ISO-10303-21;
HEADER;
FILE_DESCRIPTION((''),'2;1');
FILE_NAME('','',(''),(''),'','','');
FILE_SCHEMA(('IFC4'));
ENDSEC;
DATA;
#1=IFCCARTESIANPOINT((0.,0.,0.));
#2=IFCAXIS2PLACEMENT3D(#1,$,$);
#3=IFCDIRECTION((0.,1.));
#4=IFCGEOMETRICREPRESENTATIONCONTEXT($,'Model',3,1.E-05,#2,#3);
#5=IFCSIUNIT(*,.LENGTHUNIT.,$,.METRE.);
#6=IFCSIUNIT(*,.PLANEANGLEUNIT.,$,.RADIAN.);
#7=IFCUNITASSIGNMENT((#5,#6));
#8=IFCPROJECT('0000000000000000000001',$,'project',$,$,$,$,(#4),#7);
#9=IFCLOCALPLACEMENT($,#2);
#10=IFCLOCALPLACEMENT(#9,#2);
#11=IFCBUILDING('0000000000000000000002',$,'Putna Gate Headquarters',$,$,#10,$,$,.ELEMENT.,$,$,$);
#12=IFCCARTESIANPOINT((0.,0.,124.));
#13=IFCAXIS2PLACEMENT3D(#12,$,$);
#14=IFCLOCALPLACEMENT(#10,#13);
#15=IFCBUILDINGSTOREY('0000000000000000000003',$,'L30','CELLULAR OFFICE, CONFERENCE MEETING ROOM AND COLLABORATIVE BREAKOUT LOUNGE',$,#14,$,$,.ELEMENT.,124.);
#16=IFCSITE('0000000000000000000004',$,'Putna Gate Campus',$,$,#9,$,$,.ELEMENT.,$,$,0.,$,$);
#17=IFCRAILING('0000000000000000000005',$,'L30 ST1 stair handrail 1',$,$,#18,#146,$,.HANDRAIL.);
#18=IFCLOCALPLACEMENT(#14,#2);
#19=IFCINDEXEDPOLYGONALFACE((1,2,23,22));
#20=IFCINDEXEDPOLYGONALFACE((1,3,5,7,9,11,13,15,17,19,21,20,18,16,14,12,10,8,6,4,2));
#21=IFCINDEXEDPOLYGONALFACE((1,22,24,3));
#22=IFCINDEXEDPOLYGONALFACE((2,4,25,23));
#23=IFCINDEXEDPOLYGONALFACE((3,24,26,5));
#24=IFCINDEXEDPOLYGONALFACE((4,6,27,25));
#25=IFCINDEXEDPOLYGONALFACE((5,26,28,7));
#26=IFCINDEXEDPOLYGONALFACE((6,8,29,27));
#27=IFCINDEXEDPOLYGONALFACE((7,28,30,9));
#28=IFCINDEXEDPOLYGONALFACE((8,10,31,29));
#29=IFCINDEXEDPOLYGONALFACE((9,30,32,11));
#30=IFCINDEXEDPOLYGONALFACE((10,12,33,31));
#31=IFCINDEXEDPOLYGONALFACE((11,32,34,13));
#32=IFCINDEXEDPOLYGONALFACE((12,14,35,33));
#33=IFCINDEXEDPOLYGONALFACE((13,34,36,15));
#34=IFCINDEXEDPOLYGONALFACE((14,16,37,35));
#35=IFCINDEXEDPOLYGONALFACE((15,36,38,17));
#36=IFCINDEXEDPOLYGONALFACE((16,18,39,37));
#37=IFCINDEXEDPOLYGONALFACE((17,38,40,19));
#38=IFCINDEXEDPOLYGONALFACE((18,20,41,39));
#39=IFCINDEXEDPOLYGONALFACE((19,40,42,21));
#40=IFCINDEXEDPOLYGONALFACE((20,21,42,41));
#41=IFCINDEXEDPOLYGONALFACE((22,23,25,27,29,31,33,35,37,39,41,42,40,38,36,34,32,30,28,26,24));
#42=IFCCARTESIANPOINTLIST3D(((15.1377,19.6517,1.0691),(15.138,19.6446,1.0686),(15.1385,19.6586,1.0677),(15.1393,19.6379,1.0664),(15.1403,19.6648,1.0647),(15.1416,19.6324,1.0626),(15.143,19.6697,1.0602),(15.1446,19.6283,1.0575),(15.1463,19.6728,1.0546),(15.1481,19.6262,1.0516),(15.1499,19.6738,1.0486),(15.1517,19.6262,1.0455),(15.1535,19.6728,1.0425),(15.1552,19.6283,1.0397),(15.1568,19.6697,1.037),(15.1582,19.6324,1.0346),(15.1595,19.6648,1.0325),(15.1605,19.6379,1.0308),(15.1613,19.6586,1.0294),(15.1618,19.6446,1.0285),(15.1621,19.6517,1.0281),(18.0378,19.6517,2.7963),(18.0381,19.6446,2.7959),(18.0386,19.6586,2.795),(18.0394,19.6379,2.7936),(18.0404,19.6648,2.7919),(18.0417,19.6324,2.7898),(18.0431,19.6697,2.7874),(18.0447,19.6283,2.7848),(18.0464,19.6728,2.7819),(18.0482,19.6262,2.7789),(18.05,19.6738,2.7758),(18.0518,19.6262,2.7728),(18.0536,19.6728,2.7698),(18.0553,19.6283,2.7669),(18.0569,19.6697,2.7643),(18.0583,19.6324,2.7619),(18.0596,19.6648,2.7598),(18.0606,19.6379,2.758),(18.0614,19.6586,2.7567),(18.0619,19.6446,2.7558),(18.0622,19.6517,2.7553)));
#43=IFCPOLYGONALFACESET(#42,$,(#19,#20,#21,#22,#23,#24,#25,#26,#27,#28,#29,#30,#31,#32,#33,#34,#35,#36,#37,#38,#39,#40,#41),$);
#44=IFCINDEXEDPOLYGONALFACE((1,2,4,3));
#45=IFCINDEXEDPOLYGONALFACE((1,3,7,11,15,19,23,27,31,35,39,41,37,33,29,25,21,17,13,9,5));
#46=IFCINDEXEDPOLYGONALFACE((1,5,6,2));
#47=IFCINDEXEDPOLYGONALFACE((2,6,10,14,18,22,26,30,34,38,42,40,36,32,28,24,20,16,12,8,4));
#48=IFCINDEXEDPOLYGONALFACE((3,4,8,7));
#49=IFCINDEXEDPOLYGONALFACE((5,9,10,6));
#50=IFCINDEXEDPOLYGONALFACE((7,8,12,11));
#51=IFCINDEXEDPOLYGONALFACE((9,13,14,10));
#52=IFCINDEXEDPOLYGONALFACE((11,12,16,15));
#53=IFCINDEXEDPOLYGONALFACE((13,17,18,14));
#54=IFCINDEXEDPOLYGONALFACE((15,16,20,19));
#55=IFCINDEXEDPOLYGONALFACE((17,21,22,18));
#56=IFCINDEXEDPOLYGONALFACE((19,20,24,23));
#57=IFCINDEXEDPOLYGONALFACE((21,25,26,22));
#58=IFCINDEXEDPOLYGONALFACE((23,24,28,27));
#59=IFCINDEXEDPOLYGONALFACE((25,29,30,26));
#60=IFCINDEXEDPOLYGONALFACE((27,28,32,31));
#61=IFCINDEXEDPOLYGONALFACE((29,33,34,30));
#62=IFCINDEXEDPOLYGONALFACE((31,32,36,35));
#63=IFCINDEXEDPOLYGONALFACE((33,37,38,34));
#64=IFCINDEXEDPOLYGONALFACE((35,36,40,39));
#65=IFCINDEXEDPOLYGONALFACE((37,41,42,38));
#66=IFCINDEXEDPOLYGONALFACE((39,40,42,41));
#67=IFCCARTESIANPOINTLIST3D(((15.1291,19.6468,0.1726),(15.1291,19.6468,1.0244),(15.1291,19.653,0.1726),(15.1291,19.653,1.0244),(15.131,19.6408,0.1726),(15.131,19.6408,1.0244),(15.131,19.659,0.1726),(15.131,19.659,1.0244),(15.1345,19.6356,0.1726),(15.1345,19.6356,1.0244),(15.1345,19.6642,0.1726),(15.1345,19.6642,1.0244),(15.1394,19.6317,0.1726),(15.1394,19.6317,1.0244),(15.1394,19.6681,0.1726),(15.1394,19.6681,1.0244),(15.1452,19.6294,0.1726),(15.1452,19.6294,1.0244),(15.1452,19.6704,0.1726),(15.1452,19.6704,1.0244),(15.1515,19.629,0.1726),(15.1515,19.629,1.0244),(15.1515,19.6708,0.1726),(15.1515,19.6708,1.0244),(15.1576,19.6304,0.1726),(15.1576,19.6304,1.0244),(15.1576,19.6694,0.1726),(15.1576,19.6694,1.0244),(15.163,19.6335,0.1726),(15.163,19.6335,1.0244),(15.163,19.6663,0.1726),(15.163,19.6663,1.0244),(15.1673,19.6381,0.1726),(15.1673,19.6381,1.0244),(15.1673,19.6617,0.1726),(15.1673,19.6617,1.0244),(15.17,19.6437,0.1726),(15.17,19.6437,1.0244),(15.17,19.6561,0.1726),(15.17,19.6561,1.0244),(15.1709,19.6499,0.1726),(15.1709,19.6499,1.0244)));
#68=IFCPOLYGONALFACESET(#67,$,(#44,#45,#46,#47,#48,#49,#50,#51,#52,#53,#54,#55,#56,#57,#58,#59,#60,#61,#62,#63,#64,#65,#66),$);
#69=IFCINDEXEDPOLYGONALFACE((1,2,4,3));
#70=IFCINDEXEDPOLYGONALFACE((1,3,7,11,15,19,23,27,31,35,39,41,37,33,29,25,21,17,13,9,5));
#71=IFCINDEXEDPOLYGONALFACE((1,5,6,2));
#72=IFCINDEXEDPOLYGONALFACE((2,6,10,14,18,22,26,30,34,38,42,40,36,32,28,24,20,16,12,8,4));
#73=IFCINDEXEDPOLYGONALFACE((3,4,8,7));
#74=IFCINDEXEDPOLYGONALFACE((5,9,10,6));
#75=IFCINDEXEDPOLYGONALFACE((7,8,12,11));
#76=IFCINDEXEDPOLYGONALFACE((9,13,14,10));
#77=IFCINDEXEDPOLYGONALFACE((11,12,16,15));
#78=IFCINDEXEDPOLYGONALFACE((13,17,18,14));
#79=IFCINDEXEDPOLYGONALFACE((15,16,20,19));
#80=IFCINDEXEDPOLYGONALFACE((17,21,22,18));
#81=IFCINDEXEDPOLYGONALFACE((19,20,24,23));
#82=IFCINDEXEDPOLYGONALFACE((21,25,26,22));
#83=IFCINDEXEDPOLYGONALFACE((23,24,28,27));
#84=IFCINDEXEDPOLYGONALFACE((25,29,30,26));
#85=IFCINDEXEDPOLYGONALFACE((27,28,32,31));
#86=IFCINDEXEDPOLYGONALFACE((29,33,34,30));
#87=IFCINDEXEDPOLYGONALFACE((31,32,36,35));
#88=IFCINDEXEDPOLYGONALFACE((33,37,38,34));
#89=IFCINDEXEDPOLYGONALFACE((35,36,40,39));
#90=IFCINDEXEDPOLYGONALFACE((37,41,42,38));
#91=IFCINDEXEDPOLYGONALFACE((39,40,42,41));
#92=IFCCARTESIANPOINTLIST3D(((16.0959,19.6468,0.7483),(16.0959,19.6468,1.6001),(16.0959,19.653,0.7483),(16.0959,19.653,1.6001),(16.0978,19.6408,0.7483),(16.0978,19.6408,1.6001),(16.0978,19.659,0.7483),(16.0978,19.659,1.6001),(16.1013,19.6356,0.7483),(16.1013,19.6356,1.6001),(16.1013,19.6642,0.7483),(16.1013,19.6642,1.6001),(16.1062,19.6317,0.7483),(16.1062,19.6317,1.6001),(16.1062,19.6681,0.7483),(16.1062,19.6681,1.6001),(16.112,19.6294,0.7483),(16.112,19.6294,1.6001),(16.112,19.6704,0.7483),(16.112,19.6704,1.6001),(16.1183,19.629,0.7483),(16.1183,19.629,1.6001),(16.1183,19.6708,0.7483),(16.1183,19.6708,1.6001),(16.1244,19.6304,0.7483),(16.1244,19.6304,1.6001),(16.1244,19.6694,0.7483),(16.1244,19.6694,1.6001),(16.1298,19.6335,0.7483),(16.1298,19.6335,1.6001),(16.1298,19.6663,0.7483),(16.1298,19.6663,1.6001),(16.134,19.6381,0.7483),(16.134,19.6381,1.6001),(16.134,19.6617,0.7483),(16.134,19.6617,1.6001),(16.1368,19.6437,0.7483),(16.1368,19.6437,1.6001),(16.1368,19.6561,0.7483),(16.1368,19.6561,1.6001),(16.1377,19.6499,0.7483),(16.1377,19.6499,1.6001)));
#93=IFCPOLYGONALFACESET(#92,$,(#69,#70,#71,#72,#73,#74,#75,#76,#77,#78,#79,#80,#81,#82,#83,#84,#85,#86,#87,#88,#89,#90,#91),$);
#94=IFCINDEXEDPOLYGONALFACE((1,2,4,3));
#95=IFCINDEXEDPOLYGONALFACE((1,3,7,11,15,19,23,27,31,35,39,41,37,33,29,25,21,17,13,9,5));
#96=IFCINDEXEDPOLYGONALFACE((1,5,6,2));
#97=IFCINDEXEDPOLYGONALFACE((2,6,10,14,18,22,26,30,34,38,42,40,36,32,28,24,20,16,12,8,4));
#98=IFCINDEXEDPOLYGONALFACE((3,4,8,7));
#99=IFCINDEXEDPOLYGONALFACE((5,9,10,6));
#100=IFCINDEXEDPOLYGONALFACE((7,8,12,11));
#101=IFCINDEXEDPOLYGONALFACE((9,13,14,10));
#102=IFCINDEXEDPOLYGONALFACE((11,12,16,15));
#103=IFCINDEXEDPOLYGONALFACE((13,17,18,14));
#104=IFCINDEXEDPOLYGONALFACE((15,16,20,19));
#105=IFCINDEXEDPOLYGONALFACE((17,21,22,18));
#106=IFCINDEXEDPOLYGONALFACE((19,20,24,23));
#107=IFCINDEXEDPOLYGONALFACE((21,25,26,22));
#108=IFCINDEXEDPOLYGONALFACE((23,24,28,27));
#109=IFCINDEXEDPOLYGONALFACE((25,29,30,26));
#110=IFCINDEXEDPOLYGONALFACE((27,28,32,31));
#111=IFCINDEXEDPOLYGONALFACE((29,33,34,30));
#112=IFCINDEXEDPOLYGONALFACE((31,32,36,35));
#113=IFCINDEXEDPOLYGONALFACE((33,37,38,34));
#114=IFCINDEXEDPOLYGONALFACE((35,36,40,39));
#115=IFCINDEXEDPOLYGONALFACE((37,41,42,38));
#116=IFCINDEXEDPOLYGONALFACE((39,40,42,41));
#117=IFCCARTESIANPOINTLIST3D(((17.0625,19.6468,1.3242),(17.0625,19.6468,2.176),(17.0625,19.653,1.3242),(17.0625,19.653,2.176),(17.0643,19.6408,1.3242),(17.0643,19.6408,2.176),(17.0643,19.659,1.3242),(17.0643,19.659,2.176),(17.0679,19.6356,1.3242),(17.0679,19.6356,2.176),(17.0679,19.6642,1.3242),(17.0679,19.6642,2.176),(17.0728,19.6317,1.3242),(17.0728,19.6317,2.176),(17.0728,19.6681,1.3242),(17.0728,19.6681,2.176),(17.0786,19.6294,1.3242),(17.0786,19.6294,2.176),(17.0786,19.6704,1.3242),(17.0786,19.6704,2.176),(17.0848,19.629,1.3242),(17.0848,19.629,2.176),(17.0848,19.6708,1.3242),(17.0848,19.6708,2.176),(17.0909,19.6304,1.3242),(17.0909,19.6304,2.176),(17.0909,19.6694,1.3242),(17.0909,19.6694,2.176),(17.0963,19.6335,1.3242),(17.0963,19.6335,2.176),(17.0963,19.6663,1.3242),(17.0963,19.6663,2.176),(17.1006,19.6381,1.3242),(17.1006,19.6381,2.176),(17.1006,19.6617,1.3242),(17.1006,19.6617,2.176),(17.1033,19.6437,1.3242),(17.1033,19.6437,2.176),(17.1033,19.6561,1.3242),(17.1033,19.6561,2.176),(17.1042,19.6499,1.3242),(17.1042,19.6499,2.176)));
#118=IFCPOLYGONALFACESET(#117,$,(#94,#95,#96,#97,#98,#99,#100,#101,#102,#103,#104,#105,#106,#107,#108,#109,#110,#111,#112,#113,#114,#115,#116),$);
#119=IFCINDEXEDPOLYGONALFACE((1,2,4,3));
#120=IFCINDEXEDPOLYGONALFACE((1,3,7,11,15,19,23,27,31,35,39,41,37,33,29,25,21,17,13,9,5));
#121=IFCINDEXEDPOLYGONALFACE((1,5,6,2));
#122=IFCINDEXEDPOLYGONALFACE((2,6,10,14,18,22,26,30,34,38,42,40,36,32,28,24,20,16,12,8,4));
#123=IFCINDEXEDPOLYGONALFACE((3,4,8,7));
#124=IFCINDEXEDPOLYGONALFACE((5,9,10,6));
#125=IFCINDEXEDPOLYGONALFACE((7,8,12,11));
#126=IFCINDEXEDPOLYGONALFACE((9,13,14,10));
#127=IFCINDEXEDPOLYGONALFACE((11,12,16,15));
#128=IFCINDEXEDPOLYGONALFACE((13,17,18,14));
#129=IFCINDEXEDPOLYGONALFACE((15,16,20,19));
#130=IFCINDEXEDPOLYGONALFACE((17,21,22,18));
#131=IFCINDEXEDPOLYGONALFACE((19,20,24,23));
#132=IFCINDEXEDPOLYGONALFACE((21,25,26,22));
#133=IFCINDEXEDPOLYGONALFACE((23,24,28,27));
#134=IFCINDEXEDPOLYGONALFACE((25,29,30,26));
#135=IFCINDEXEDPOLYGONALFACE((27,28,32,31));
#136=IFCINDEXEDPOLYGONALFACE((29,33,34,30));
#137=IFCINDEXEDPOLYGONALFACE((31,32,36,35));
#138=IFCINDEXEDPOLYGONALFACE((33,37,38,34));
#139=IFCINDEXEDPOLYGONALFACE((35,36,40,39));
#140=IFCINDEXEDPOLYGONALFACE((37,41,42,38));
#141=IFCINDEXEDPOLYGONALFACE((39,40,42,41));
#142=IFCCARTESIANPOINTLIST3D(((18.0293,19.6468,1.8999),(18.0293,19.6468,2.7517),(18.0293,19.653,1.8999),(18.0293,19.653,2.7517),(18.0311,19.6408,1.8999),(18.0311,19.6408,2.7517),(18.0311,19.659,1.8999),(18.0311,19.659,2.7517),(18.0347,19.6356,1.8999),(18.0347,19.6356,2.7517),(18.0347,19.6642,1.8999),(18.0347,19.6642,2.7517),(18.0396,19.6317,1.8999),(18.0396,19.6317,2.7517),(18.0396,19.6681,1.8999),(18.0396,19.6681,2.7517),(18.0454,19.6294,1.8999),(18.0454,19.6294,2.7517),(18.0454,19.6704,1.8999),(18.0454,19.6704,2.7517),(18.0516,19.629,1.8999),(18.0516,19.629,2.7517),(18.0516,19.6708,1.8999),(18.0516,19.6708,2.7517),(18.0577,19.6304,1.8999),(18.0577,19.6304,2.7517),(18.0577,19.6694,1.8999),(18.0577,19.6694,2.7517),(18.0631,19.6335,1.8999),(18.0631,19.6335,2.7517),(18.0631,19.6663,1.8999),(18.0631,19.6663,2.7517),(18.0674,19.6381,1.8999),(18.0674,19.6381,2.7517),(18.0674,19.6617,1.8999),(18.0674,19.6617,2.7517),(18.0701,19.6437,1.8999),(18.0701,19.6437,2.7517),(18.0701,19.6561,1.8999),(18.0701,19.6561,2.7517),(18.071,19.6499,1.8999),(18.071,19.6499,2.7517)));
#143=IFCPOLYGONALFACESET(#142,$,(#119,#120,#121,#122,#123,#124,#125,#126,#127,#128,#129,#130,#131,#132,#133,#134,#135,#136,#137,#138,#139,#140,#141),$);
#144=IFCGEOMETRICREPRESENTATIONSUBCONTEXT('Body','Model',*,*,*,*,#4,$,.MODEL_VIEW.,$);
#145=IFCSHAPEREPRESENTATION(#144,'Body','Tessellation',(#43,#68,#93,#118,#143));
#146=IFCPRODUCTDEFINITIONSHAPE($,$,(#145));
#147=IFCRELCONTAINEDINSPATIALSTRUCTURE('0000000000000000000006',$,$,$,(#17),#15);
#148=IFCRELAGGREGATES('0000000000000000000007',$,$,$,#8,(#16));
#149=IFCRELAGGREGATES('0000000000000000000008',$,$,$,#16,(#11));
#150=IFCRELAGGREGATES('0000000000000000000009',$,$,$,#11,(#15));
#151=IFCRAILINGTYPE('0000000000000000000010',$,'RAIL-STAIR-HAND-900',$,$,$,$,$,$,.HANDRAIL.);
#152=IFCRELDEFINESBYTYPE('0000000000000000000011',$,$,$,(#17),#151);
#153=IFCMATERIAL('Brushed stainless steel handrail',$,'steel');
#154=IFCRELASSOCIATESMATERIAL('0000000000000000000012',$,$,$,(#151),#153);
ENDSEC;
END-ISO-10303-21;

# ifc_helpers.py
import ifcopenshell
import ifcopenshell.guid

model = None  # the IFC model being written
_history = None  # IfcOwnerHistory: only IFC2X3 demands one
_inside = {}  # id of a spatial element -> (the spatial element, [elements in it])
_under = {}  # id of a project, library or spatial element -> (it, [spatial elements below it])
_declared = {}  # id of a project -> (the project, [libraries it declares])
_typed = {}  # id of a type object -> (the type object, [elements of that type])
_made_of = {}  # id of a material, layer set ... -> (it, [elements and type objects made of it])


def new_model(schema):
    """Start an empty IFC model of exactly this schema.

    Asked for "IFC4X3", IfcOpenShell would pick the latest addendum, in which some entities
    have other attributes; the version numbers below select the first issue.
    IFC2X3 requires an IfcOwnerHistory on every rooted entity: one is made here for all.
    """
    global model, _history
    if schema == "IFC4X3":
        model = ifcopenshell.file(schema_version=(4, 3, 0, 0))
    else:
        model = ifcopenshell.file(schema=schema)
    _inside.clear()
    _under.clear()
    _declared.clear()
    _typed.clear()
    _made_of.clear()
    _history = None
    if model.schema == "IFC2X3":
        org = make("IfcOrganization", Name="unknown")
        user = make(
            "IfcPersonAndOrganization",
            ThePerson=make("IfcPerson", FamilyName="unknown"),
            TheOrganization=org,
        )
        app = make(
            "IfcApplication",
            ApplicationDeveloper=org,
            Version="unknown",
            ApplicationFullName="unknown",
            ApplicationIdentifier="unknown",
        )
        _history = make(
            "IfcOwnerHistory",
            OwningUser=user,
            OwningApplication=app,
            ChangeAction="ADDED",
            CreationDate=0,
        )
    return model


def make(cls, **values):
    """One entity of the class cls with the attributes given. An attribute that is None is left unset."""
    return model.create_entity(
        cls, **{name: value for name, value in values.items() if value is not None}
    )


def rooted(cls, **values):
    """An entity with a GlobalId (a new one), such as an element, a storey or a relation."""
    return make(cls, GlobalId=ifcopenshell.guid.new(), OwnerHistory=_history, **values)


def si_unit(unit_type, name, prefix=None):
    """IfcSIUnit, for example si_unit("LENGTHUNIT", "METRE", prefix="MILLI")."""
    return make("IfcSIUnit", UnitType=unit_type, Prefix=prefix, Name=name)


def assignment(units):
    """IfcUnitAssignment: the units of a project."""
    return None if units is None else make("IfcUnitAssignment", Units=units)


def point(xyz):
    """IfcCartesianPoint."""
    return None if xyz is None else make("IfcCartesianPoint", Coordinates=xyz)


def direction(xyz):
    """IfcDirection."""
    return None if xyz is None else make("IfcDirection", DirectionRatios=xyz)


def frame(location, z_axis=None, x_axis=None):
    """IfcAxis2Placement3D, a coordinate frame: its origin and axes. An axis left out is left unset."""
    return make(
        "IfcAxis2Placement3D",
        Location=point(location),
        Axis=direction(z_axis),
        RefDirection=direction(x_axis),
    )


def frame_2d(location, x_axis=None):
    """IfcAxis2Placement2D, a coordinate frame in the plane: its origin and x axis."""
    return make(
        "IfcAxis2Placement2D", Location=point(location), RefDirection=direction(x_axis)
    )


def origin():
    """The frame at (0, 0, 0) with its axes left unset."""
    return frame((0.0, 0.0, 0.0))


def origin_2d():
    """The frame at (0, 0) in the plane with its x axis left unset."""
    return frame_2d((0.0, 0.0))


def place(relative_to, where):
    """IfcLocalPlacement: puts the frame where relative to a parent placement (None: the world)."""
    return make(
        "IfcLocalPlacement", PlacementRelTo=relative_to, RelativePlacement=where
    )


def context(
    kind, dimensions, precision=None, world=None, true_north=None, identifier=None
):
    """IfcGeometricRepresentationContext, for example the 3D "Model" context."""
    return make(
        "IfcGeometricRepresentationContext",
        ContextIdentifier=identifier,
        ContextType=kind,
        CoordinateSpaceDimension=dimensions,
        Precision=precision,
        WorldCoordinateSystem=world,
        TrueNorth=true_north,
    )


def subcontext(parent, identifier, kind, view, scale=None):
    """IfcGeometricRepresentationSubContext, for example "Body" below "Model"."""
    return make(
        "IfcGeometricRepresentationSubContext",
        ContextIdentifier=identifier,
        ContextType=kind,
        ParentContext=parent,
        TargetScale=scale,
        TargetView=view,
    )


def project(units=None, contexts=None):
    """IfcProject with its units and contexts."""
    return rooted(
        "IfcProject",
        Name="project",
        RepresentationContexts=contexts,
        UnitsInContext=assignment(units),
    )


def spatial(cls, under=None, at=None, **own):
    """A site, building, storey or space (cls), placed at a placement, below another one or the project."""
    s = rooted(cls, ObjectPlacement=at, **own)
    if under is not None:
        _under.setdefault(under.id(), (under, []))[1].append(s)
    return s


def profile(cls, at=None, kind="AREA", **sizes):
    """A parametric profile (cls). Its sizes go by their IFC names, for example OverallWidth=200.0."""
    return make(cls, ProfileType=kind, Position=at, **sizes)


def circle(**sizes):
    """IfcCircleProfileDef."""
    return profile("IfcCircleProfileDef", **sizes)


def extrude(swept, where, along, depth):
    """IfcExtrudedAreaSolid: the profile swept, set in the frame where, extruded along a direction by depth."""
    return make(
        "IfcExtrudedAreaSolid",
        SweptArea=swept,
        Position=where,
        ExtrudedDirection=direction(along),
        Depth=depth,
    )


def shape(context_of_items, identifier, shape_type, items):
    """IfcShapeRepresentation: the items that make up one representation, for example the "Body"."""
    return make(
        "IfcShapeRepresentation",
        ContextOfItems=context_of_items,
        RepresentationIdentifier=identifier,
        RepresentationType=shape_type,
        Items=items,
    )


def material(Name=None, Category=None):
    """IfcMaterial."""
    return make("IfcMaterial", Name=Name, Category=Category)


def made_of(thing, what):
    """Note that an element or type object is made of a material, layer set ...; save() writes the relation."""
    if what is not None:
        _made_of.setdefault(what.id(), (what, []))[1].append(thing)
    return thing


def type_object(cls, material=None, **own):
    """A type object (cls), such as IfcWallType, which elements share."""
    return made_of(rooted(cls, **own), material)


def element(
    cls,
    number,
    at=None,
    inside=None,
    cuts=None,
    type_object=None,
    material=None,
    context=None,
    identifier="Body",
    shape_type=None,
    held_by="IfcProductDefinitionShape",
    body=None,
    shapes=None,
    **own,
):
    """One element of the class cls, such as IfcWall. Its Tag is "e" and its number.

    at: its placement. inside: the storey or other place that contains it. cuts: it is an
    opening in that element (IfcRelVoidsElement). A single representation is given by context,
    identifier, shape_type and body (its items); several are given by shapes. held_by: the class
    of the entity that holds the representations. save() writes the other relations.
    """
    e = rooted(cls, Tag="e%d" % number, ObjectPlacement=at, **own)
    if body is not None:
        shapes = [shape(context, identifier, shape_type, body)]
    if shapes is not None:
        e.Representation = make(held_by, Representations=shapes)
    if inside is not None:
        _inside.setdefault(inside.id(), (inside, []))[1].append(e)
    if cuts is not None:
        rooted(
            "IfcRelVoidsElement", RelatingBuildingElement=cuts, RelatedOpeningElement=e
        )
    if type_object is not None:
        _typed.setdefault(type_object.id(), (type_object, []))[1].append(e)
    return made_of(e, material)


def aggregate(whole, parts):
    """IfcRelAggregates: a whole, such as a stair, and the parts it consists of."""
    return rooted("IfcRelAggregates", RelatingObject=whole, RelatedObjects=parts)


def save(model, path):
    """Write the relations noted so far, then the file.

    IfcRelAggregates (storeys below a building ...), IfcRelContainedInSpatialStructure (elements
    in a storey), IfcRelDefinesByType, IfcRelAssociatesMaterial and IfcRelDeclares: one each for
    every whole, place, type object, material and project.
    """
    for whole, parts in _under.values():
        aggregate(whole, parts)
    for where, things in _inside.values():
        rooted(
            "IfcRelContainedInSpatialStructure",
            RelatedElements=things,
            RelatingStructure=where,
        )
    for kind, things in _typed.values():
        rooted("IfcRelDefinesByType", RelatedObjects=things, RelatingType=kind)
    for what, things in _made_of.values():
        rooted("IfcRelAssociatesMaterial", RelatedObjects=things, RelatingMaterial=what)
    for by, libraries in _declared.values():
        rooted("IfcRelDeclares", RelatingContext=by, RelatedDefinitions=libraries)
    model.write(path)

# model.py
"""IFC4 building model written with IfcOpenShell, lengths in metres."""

from ifc_helpers import new_model, si_unit, direction, frame, origin, origin_2d, place, context, subcontext, project, spatial, circle, extrude, material, type_object, element, save


model = new_model("IFC4")

# Units and contexts
model_context = context("Model", 3, precision=1e-05, world=origin(), true_north=direction((0.0, 1.0)))
body_context = subcontext(model_context, "Body", "Model", "MODEL_VIEW")
ifc_project = project(units=[si_unit("LENGTHUNIT", "METRE"), si_unit("PLANEANGLEUNIT", "RADIAN")], contexts=[model_context])

# Site, building, storey
site_placement = place(None, origin())
site = spatial("IfcSite", under=ifc_project, at=site_placement, Name="Putna Gate Campus", CompositionType="ELEMENT", RefElevation=0.0)
building_placement = place(site_placement, origin())
building = spatial("IfcBuilding", under=site, at=building_placement, Name="Putna Gate Headquarters", CompositionType="ELEMENT")
storey_placement = place(building_placement, frame((0.0, 0.0, 124.0)))
storey = spatial("IfcBuildingStorey", under=building, at=storey_placement, Name="L30", Description="CELLULAR OFFICE, CONFERENCE MEETING ROOM AND COLLABORATIVE BREAKOUT LOUNGE", CompositionType="ELEMENT", Elevation=124.0)

# Railing
ifc_material_1 = material(Name="Brushed stainless steel handrail", Category="steel")
railing_type_1 = type_object("IfcRailingType", Name="RAIL-STAIR-HAND-900", PredefinedType="HANDRAIL", material=ifc_material_1)
railing_1_placement = place(storey_placement, frame((15.1499, 19.6499, 0.1726)))
element("IfcRailing", 1, at=railing_1_placement, inside=storey, type_object=railing_type_1, Name="L30 ST1 stair handrail 1", PredefinedType="HANDRAIL", context=body_context, shape_type="SweptSolid", body=[
    extrude(circle(Radius=0.0239, at=origin_2d()), frame((0.0, 0.0, 0.876), z_axis=(0.85916, 0.0, 0.511706), x_axis=(0.0, 1.0, 0.0)), (0.0, 0.0, 1.0), 3.3755),
    extrude(circle(Radius=0.021, at=origin_2d()), origin(), (0.0, 0.0, 1.0), 0.8518),
    extrude(circle(Radius=0.021, at=origin_2d()), frame((0.9668, 0.0, 0.5757)), (0.0, 0.0, 1.0), 0.8518),
    extrude(circle(Radius=0.021, at=origin_2d()), frame((1.9333, 0.0, 1.1516)), (0.0, 0.0, 1.0), 0.8518),
    extrude(circle(Radius=0.021, at=origin_2d()), frame((2.9001, 0.0, 1.7273)), (0.0, 0.0, 1.0), 0.8518),
])

save(model, "model.ifc")
